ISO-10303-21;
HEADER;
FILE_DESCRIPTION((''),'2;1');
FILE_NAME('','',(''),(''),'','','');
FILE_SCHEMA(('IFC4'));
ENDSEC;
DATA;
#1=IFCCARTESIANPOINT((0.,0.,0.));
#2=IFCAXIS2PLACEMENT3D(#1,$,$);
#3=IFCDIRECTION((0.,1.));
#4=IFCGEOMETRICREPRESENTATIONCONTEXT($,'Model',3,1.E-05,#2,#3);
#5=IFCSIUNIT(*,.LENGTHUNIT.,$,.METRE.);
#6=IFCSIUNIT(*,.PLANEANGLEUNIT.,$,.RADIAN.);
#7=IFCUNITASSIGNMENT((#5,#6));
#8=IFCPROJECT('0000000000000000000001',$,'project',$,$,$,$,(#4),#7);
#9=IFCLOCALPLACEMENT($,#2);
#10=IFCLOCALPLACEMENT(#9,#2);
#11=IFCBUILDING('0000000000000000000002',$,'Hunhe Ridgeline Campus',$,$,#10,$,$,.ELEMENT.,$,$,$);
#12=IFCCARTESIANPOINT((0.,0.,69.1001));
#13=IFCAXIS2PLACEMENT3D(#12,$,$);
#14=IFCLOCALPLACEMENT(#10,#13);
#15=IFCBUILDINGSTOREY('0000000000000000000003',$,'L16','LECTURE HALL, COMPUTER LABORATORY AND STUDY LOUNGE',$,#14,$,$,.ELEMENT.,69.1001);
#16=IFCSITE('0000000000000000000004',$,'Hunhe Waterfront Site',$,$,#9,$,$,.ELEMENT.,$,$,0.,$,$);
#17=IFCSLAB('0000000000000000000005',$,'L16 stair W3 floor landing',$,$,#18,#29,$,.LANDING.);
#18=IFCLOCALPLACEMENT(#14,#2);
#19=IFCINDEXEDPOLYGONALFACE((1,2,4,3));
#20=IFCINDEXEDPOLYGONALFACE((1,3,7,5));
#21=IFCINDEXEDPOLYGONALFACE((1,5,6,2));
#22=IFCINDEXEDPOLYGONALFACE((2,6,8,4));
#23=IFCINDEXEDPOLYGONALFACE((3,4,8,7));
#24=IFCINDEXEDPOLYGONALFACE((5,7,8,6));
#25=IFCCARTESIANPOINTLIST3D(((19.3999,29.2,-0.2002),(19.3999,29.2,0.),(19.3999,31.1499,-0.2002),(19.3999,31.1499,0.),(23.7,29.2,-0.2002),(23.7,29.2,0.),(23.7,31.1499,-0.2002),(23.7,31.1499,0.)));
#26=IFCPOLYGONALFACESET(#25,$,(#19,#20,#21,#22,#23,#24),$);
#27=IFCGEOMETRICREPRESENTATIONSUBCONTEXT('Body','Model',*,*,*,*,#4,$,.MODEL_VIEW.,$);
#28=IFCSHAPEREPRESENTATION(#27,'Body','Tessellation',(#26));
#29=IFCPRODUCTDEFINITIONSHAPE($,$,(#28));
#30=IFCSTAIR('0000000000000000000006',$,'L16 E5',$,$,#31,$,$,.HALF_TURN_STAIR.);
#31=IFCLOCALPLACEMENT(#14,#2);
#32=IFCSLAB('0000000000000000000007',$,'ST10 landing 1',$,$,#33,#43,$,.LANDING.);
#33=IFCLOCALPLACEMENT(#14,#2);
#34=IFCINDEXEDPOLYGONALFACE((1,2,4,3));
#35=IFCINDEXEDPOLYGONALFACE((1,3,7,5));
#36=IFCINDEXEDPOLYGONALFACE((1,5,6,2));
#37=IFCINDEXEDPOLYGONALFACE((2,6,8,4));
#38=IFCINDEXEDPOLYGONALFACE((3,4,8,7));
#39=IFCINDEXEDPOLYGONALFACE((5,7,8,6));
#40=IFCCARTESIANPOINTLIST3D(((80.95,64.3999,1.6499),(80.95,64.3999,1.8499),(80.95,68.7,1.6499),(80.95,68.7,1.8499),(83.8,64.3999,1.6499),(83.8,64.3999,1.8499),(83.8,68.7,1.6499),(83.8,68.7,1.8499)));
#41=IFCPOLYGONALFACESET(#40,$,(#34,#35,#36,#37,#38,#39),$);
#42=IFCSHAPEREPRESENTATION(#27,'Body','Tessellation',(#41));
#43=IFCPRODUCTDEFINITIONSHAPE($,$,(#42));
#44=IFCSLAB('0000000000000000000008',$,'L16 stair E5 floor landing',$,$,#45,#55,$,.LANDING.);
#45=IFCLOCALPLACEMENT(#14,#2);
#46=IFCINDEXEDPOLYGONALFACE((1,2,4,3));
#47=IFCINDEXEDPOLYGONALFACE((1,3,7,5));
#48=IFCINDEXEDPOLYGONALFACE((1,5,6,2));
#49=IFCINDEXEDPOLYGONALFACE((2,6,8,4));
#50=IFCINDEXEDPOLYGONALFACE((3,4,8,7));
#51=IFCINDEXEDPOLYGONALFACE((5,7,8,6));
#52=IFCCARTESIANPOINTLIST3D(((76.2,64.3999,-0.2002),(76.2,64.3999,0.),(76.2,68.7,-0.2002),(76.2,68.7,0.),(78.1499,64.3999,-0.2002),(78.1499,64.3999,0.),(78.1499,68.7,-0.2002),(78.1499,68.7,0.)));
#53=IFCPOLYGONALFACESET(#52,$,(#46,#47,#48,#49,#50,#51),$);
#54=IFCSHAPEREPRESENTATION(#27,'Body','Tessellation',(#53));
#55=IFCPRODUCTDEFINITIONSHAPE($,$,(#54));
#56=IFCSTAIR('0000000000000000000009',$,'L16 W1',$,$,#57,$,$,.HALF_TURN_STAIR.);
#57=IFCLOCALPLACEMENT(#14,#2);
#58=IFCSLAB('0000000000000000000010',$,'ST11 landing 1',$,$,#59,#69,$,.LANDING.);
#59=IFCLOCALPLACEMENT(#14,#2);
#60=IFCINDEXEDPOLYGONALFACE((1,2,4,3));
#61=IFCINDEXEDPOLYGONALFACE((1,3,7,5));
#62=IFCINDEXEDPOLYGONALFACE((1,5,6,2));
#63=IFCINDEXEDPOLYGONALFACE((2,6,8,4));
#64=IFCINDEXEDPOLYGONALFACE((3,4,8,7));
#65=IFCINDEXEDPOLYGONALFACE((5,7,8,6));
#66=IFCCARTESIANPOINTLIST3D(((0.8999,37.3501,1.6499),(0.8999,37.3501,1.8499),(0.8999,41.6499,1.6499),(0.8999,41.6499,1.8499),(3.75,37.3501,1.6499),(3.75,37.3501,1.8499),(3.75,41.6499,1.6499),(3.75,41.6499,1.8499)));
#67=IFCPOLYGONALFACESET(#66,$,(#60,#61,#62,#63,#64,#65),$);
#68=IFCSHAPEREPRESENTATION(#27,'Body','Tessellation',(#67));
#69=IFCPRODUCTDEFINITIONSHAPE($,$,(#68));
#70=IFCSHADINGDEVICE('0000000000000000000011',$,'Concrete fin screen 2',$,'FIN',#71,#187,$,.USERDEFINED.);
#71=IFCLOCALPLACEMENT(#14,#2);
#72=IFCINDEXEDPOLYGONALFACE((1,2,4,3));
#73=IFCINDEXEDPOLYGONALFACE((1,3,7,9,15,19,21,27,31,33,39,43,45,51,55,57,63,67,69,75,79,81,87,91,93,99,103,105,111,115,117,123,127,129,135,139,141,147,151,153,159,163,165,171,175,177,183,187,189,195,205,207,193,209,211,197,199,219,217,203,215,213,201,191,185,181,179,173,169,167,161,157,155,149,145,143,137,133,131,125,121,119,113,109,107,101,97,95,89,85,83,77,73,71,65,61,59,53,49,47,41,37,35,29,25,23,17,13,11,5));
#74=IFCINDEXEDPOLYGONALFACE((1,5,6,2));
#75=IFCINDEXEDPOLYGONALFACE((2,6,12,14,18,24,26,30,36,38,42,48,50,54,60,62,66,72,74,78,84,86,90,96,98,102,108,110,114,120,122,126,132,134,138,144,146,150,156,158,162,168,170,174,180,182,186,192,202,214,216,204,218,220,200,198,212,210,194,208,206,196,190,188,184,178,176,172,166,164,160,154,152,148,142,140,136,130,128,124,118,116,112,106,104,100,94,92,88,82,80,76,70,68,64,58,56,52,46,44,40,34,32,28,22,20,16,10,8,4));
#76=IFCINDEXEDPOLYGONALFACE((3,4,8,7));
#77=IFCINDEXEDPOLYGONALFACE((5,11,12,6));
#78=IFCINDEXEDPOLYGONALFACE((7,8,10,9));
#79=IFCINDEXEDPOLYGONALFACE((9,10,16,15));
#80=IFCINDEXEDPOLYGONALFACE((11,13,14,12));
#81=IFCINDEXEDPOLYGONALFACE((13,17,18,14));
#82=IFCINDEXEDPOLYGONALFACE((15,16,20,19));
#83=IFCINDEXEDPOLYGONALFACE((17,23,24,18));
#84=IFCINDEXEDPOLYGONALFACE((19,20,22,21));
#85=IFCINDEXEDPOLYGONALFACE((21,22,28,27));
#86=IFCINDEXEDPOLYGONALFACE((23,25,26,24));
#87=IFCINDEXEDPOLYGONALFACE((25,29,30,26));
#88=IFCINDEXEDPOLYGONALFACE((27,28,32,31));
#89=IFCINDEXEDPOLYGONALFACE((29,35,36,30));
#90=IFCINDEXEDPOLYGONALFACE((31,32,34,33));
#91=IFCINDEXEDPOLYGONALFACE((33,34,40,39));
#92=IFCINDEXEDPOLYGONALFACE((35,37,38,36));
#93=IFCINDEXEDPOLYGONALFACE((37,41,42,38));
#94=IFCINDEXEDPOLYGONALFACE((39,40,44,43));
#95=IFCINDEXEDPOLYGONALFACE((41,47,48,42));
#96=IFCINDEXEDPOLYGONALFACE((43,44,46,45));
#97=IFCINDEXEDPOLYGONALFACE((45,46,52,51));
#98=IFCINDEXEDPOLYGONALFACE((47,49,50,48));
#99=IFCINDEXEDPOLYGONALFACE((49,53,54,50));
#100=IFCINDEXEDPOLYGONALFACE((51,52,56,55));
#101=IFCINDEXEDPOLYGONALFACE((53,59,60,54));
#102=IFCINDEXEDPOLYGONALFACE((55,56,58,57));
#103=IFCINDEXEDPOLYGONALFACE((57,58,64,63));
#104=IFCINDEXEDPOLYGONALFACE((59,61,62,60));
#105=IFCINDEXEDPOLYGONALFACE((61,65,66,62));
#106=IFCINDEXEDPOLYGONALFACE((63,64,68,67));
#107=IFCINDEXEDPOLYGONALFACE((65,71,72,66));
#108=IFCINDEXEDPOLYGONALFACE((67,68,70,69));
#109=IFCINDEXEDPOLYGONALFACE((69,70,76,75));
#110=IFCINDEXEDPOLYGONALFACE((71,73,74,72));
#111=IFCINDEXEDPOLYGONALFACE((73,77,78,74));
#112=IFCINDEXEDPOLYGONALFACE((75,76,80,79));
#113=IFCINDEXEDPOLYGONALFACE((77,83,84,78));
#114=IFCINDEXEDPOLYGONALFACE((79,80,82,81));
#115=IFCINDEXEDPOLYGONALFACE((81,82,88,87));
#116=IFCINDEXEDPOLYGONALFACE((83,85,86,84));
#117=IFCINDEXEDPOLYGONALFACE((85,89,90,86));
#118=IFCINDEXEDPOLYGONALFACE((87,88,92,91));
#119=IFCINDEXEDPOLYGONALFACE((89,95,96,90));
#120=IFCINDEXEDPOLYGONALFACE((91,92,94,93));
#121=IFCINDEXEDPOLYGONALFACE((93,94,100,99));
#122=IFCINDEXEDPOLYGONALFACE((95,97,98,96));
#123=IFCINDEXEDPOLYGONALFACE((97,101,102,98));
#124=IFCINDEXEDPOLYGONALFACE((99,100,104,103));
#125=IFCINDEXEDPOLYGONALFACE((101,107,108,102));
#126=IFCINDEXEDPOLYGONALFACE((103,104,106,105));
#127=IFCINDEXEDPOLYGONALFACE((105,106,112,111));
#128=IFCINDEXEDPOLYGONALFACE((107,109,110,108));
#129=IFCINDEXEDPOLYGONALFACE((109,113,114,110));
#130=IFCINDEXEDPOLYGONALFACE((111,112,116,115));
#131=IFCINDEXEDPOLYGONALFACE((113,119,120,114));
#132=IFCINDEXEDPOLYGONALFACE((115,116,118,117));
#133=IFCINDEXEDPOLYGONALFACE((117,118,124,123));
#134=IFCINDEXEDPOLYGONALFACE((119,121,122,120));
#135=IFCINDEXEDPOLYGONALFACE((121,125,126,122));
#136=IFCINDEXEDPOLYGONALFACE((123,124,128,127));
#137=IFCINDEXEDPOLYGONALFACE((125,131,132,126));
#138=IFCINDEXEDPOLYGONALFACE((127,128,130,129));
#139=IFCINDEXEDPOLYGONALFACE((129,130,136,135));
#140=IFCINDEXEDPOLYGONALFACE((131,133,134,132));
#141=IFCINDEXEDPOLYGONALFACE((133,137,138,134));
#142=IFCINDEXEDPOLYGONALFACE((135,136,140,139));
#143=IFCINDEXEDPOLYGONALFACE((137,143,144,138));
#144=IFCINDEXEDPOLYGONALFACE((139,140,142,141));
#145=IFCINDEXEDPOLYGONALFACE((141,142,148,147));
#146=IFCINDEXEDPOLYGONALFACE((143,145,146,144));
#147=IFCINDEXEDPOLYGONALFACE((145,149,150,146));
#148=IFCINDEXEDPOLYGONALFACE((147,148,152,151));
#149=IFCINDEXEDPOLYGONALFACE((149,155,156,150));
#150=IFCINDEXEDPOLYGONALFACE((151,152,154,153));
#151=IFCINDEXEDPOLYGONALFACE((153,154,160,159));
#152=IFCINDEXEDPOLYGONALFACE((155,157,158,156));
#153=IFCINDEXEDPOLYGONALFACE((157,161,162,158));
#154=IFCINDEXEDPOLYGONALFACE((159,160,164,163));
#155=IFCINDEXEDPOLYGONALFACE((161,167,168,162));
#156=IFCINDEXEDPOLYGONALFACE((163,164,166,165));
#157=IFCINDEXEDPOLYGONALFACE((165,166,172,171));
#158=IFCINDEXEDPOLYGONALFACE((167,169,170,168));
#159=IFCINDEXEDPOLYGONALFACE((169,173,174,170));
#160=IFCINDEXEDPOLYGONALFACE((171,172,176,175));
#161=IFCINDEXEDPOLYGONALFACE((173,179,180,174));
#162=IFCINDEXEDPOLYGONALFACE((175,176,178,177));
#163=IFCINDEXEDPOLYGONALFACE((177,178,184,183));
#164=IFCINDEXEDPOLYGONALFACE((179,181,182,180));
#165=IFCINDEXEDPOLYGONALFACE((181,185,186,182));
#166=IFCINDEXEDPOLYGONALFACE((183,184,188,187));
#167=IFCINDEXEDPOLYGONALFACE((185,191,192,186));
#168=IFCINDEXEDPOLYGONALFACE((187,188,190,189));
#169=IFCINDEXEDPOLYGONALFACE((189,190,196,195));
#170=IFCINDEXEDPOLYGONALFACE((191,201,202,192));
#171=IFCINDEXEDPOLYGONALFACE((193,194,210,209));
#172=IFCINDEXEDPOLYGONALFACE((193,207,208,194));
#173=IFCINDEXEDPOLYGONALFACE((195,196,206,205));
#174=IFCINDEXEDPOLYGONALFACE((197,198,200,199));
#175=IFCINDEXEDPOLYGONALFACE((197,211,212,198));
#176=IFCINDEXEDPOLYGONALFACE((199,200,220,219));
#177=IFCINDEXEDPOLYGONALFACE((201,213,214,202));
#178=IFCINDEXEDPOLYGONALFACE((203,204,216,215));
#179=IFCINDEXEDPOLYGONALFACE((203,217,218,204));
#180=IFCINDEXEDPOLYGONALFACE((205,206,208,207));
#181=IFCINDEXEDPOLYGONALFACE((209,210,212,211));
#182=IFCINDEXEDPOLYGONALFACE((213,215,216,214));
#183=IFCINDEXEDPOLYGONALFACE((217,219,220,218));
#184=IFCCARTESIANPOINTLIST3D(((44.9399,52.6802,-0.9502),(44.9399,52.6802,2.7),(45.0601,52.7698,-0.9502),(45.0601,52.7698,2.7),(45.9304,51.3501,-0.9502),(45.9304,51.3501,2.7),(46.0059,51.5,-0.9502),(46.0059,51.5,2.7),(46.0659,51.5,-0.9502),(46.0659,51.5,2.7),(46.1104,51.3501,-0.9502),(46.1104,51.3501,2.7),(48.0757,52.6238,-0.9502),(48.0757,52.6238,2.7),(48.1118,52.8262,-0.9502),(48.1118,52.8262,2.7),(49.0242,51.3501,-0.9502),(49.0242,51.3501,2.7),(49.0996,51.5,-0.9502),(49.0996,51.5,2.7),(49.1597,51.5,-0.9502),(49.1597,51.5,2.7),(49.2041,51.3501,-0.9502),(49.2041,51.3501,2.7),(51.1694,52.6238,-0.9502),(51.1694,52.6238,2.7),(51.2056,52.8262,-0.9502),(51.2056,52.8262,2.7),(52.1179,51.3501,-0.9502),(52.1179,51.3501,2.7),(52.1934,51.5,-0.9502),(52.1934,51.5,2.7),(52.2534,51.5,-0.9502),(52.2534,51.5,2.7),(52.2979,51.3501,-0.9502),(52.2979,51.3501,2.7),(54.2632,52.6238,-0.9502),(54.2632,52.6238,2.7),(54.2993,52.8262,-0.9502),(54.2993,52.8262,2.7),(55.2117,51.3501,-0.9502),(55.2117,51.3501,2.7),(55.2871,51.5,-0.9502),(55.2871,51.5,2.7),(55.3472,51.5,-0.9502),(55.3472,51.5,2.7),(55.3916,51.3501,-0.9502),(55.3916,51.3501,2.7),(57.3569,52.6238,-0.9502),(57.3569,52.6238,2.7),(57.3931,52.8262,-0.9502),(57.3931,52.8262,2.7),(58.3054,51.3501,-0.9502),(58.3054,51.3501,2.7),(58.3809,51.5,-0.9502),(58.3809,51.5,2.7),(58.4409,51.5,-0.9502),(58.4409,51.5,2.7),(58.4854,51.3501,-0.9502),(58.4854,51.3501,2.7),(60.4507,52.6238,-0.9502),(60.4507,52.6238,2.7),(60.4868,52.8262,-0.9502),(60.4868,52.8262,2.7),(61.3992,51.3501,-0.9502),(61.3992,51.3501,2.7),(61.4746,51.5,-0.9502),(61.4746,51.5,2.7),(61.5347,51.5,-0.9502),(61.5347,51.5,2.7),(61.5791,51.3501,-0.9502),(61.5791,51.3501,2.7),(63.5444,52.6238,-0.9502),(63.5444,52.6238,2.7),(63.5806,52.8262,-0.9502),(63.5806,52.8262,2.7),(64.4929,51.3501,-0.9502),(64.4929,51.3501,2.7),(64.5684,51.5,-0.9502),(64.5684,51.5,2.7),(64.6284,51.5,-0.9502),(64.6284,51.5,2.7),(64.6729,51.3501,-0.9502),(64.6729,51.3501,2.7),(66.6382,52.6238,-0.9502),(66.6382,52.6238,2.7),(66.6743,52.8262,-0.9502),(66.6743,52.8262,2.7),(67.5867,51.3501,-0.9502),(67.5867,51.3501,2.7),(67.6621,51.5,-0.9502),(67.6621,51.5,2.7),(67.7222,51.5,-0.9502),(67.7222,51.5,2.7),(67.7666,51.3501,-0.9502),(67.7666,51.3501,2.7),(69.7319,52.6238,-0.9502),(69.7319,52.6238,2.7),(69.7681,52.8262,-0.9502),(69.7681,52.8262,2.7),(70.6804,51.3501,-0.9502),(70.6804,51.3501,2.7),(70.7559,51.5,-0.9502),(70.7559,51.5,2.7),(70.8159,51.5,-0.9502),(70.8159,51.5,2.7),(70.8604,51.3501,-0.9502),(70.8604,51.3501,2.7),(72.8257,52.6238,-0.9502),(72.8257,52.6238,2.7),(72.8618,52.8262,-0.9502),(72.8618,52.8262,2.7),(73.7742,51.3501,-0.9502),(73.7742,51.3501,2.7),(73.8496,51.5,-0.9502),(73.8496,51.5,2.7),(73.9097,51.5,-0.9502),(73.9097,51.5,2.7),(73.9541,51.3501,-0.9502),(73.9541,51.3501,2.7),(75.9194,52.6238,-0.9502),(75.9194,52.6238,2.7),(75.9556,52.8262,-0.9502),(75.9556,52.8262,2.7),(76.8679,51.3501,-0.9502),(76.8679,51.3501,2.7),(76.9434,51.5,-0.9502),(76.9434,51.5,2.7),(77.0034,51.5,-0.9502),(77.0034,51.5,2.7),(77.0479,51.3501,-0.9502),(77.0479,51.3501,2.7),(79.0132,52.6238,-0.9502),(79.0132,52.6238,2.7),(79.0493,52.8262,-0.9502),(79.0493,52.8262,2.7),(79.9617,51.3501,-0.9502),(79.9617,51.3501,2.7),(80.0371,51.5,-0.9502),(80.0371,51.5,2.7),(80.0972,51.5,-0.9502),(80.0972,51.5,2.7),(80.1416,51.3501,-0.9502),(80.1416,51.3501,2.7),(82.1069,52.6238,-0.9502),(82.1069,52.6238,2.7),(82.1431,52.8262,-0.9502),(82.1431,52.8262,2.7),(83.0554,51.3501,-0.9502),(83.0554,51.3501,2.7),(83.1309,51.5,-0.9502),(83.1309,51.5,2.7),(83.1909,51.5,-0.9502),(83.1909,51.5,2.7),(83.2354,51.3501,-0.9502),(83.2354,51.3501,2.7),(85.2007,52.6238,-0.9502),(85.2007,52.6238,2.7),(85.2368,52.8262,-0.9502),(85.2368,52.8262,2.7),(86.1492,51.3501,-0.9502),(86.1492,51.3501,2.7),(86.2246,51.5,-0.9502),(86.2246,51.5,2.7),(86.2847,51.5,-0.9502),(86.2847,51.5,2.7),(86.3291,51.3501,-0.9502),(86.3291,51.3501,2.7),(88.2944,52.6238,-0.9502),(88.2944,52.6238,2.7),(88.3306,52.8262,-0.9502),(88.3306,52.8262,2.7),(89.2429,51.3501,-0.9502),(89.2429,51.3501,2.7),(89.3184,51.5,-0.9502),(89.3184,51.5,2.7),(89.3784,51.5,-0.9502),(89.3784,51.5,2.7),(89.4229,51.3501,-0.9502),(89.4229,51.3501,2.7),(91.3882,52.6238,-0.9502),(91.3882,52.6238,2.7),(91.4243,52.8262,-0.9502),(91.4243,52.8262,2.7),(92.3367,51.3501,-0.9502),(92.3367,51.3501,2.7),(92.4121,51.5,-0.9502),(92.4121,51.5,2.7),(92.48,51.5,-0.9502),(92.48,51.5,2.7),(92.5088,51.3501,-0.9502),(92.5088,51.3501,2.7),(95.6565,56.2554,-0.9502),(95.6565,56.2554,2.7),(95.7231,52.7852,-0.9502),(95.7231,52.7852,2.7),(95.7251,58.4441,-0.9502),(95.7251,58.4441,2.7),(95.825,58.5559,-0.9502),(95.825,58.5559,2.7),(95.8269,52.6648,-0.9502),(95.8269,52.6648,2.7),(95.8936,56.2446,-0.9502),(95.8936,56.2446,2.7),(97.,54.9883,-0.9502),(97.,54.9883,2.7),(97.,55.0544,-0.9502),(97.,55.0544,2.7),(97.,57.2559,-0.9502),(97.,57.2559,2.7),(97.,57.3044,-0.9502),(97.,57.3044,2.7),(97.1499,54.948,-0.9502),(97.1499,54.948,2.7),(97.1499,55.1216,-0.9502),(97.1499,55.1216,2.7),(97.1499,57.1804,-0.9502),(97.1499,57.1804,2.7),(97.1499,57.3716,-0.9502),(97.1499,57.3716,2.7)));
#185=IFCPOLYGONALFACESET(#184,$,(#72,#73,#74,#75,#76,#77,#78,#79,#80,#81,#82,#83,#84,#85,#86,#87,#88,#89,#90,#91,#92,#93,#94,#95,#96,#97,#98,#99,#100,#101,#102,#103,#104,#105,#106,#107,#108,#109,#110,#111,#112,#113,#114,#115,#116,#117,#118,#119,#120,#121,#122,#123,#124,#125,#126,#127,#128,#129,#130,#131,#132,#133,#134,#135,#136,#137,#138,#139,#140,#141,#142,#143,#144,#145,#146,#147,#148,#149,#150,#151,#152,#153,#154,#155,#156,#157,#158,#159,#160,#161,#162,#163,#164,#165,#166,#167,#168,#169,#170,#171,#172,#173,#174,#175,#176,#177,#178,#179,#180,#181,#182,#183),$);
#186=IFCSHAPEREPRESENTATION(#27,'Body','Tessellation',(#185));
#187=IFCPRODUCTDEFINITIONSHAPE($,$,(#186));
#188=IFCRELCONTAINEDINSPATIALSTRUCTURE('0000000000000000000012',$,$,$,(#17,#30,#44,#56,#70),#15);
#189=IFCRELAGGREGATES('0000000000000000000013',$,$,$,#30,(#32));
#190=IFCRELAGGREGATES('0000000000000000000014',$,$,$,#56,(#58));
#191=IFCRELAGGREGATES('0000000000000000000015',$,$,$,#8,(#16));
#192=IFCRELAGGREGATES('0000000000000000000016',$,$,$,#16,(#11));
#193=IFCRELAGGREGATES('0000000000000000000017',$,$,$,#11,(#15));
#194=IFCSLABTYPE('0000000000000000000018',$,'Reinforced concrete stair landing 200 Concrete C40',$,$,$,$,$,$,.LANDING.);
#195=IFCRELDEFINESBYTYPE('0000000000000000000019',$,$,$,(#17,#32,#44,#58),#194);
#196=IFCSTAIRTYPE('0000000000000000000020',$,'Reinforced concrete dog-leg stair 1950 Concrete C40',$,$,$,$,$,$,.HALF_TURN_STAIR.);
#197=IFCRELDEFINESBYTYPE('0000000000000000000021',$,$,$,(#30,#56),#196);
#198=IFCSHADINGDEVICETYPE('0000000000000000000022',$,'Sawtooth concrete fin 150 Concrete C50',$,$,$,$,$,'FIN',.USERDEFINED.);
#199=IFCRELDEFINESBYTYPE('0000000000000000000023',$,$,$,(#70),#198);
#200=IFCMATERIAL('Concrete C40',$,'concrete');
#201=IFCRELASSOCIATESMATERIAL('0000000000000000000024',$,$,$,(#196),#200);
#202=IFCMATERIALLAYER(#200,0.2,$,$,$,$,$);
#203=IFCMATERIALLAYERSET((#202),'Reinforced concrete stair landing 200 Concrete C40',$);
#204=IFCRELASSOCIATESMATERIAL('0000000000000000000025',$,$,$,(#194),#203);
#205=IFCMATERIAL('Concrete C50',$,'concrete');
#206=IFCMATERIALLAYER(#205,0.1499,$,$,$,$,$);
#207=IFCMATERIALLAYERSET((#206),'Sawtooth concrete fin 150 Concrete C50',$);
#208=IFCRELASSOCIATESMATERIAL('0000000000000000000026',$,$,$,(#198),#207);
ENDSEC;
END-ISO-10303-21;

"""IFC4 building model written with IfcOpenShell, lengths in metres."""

from ifc_helpers import new_model, si_unit, direction, frame, origin, place, context, subcontext, project, spatial, polyline, outline, extrude, material, layer, layer_set, type_object, element, aggregate, save


model = new_model("IFC4")

# Units and contexts
model_context = context("Model", 3, precision=1e-05, world=origin(), true_north=direction((0.0, 1.0)))
body_context = subcontext(model_context, "Body", "Model", "MODEL_VIEW")
ifc_project = project(units=[si_unit("LENGTHUNIT", "METRE"), si_unit("PLANEANGLEUNIT", "RADIAN")], contexts=[model_context])

# Site, building, storey
site_placement = place(None, origin())
site = spatial("IfcSite", under=ifc_project, at=site_placement, Name="Hunhe Waterfront Site", CompositionType="ELEMENT", RefElevation=0.0)
building_placement = place(site_placement, origin())
building = spatial("IfcBuilding", under=site, at=building_placement, Name="Hunhe Ridgeline Campus", CompositionType="ELEMENT")
storey_placement = place(building_placement, frame((0.0, 0.0, 69.1001)))
storey = spatial("IfcBuildingStorey", under=building, at=storey_placement, Name="L16", Description="LECTURE HALL, COMPUTER LABORATORY AND STUDY LOUNGE", CompositionType="ELEMENT", Elevation=69.1001)

# Shared definitions
ifc_material_1 = material(Name="Concrete C40", Category="concrete")

# Shared definitions
stair_type = type_object("IfcStairType", Name="Reinforced concrete dog-leg stair 1950 Concrete C40", PredefinedType="HALF_TURN_STAIR", material=ifc_material_1)
ifc_layer_1 = layer(ifc_material_1, 0.2)
ifc_layer_set_1 = layer_set([ifc_layer_1], Name="Reinforced concrete stair landing 200 Concrete C40")
slab_type_1 = type_object("IfcSlabType", Name="Reinforced concrete stair landing 200 Concrete C40", PredefinedType="LANDING", material=ifc_layer_set_1)

# Slab
slab_1_placement = place(storey_placement, frame((0.0, 0.0, -0.2002)))
element("IfcSlab", 1, at=slab_1_placement, inside=storey, type_object=slab_type_1, Name="L16 stair W3 floor landing", PredefinedType="LANDING", context=body_context, shape_type="SweptSolid", body=[
    extrude(outline(polyline([(23.7, 29.2), (23.7, 31.1499), (19.3999, 31.1499), (19.3999, 29.2), (23.7, 29.2)])), origin(), (0.0, 0.0, 1.0), 0.2002),
])

# Stair, slab
stair_1_placement = place(storey_placement, origin())
stair_1 = element("IfcStair", 2, at=stair_1_placement, inside=storey, type_object=stair_type, Name="L16 E5", PredefinedType="HALF_TURN_STAIR")
slab_2_placement = place(storey_placement, frame((0.0, 0.0, 1.6499)))
slab_2 = element("IfcSlab", 3, at=slab_2_placement, type_object=slab_type_1, Name="ST10 landing 1", PredefinedType="LANDING", context=body_context, shape_type="SweptSolid", body=[
    extrude(outline(polyline([(80.95, 64.3999), (83.8, 64.3999), (83.8, 68.7), (80.95, 68.7), (80.95, 64.3999)])), origin(), (0.0, 0.0, 1.0), 0.2),
])
aggregate(stair_1, [slab_2])

# Slab
slab_3_placement = place(storey_placement, frame((0.0, 0.0, -0.2002)))
element("IfcSlab", 4, at=slab_3_placement, inside=storey, type_object=slab_type_1, Name="L16 stair E5 floor landing", PredefinedType="LANDING", context=body_context, shape_type="SweptSolid", body=[
    extrude(outline(polyline([(76.2, 64.3999), (78.1499, 64.3999), (78.1499, 68.7), (76.2, 68.7), (76.2, 64.3999)])), origin(), (0.0, 0.0, 1.0), 0.2002),
])

# Stair, slab
stair_2_placement = place(storey_placement, origin())
stair_2 = element("IfcStair", 5, at=stair_2_placement, inside=storey, type_object=stair_type, Name="L16 W1", PredefinedType="HALF_TURN_STAIR")
slab_4_placement = place(storey_placement, frame((0.0, 0.0, 1.6499)))
slab_4 = element("IfcSlab", 6, at=slab_4_placement, type_object=slab_type_1, Name="ST11 landing 1", PredefinedType="LANDING", context=body_context, shape_type="SweptSolid", body=[
    extrude(outline(polyline([(3.75, 41.6499), (0.8999, 41.6499), (0.8999, 37.3501), (3.75, 37.3501), (3.75, 41.6499)])), origin(), (0.0, 0.0, 1.0), 0.2),
])
aggregate(stair_2, [slab_4])

# Shading device
ifc_material_2 = material(Name="Concrete C50", Category="concrete")
ifc_layer_2 = layer(ifc_material_2, 0.1499)
ifc_layer_set_2 = layer_set([ifc_layer_2], Name="Sawtooth concrete fin 150 Concrete C50")
shading_device_type = type_object("IfcShadingDeviceType", Name="Sawtooth concrete fin 150 Concrete C50", ElementType="FIN", PredefinedType="USERDEFINED", material=ifc_layer_set_2)
shading_device_1_placement = place(storey_placement, frame((0.0, 0.0, -0.9502)))
element("IfcShadingDevice", 7, at=shading_device_1_placement, inside=storey, type_object=shading_device_type, Name="Concrete fin screen 2", ObjectType="FIN", PredefinedType="USERDEFINED", context=body_context, shape_type="SweptSolid", body=[
    extrude(outline(polyline([(45.0601, 52.7698), (44.9399, 52.6802), (45.9304, 51.3501), (46.1104, 51.3501), (48.0757, 52.6238), (49.0242, 51.3501), (49.2041, 51.3501), (51.1694, 52.6238), (52.1179, 51.3501), (52.2979, 51.3501), (54.2632, 52.6238), (55.2117, 51.3501), (55.3916, 51.3501), (57.3569, 52.6238), (58.3054, 51.3501), (58.4854, 51.3501), (60.4507, 52.6238), (61.3992, 51.3501), (61.5791, 51.3501), (63.5444, 52.6238), (64.4929, 51.3501), (64.6729, 51.3501), (66.6382, 52.6238), (67.5867, 51.3501), (67.7666, 51.3501), (69.7319, 52.6238), (70.6804, 51.3501), (70.8604, 51.3501), (72.8257, 52.6238), (73.7742, 51.3501), (73.9541, 51.3501), (75.9194, 52.6238), (76.8679, 51.3501), (77.0479, 51.3501), (79.0132, 52.6238), (79.9617, 51.3501), (80.1416, 51.3501), (82.1069, 52.6238), (83.0554, 51.3501), (83.2354, 51.3501), (85.2007, 52.6238), (86.1492, 51.3501), (86.3291, 51.3501), (88.2944, 52.6238), (89.2429, 51.3501), (89.4229, 51.3501), (91.3882, 52.6238), (92.3367, 51.3501), (92.5088, 51.3501), (95.8269, 52.6648), (97.1499, 54.948), (97.1499, 55.1216), (95.8936, 56.2446), (97.1499, 57.1804), (97.1499, 57.3716), (95.825, 58.5559), (95.7251, 58.4441), (97.0, 57.3044), (97.0, 57.2559), (95.6565, 56.2554), (97.0, 55.0544), (97.0, 54.9883), (95.7231, 52.7852), (92.48, 51.5), (92.4121, 51.5), (91.4243, 52.8262), (89.3784, 51.5), (89.3184, 51.5), (88.3306, 52.8262), (86.2847, 51.5), (86.2246, 51.5), (85.2368, 52.8262), (83.1909, 51.5), (83.1309, 51.5), (82.1431, 52.8262), (80.0972, 51.5), (80.0371, 51.5), (79.0493, 52.8262), (77.0034, 51.5), (76.9434, 51.5), (75.9556, 52.8262), (73.9097, 51.5), (73.8496, 51.5), (72.8618, 52.8262), (70.8159, 51.5), (70.7559, 51.5), (69.7681, 52.8262), (67.7222, 51.5), (67.6621, 51.5), (66.6743, 52.8262), (64.6284, 51.5), (64.5684, 51.5), (63.5806, 52.8262), (61.5347, 51.5), (61.4746, 51.5), (60.4868, 52.8262), (58.4409, 51.5), (58.3809, 51.5), (57.3931, 52.8262), (55.3472, 51.5), (55.2871, 51.5), (54.2993, 52.8262), (52.2534, 51.5), (52.1934, 51.5), (51.2056, 52.8262), (49.1597, 51.5), (49.0996, 51.5), (48.1118, 52.8262), (46.0659, 51.5), (46.0059, 51.5), (45.0601, 52.7698)])), origin(), (0.0, 0.0, 1.0), 3.6501),
])

save(model, "model.ifc")
